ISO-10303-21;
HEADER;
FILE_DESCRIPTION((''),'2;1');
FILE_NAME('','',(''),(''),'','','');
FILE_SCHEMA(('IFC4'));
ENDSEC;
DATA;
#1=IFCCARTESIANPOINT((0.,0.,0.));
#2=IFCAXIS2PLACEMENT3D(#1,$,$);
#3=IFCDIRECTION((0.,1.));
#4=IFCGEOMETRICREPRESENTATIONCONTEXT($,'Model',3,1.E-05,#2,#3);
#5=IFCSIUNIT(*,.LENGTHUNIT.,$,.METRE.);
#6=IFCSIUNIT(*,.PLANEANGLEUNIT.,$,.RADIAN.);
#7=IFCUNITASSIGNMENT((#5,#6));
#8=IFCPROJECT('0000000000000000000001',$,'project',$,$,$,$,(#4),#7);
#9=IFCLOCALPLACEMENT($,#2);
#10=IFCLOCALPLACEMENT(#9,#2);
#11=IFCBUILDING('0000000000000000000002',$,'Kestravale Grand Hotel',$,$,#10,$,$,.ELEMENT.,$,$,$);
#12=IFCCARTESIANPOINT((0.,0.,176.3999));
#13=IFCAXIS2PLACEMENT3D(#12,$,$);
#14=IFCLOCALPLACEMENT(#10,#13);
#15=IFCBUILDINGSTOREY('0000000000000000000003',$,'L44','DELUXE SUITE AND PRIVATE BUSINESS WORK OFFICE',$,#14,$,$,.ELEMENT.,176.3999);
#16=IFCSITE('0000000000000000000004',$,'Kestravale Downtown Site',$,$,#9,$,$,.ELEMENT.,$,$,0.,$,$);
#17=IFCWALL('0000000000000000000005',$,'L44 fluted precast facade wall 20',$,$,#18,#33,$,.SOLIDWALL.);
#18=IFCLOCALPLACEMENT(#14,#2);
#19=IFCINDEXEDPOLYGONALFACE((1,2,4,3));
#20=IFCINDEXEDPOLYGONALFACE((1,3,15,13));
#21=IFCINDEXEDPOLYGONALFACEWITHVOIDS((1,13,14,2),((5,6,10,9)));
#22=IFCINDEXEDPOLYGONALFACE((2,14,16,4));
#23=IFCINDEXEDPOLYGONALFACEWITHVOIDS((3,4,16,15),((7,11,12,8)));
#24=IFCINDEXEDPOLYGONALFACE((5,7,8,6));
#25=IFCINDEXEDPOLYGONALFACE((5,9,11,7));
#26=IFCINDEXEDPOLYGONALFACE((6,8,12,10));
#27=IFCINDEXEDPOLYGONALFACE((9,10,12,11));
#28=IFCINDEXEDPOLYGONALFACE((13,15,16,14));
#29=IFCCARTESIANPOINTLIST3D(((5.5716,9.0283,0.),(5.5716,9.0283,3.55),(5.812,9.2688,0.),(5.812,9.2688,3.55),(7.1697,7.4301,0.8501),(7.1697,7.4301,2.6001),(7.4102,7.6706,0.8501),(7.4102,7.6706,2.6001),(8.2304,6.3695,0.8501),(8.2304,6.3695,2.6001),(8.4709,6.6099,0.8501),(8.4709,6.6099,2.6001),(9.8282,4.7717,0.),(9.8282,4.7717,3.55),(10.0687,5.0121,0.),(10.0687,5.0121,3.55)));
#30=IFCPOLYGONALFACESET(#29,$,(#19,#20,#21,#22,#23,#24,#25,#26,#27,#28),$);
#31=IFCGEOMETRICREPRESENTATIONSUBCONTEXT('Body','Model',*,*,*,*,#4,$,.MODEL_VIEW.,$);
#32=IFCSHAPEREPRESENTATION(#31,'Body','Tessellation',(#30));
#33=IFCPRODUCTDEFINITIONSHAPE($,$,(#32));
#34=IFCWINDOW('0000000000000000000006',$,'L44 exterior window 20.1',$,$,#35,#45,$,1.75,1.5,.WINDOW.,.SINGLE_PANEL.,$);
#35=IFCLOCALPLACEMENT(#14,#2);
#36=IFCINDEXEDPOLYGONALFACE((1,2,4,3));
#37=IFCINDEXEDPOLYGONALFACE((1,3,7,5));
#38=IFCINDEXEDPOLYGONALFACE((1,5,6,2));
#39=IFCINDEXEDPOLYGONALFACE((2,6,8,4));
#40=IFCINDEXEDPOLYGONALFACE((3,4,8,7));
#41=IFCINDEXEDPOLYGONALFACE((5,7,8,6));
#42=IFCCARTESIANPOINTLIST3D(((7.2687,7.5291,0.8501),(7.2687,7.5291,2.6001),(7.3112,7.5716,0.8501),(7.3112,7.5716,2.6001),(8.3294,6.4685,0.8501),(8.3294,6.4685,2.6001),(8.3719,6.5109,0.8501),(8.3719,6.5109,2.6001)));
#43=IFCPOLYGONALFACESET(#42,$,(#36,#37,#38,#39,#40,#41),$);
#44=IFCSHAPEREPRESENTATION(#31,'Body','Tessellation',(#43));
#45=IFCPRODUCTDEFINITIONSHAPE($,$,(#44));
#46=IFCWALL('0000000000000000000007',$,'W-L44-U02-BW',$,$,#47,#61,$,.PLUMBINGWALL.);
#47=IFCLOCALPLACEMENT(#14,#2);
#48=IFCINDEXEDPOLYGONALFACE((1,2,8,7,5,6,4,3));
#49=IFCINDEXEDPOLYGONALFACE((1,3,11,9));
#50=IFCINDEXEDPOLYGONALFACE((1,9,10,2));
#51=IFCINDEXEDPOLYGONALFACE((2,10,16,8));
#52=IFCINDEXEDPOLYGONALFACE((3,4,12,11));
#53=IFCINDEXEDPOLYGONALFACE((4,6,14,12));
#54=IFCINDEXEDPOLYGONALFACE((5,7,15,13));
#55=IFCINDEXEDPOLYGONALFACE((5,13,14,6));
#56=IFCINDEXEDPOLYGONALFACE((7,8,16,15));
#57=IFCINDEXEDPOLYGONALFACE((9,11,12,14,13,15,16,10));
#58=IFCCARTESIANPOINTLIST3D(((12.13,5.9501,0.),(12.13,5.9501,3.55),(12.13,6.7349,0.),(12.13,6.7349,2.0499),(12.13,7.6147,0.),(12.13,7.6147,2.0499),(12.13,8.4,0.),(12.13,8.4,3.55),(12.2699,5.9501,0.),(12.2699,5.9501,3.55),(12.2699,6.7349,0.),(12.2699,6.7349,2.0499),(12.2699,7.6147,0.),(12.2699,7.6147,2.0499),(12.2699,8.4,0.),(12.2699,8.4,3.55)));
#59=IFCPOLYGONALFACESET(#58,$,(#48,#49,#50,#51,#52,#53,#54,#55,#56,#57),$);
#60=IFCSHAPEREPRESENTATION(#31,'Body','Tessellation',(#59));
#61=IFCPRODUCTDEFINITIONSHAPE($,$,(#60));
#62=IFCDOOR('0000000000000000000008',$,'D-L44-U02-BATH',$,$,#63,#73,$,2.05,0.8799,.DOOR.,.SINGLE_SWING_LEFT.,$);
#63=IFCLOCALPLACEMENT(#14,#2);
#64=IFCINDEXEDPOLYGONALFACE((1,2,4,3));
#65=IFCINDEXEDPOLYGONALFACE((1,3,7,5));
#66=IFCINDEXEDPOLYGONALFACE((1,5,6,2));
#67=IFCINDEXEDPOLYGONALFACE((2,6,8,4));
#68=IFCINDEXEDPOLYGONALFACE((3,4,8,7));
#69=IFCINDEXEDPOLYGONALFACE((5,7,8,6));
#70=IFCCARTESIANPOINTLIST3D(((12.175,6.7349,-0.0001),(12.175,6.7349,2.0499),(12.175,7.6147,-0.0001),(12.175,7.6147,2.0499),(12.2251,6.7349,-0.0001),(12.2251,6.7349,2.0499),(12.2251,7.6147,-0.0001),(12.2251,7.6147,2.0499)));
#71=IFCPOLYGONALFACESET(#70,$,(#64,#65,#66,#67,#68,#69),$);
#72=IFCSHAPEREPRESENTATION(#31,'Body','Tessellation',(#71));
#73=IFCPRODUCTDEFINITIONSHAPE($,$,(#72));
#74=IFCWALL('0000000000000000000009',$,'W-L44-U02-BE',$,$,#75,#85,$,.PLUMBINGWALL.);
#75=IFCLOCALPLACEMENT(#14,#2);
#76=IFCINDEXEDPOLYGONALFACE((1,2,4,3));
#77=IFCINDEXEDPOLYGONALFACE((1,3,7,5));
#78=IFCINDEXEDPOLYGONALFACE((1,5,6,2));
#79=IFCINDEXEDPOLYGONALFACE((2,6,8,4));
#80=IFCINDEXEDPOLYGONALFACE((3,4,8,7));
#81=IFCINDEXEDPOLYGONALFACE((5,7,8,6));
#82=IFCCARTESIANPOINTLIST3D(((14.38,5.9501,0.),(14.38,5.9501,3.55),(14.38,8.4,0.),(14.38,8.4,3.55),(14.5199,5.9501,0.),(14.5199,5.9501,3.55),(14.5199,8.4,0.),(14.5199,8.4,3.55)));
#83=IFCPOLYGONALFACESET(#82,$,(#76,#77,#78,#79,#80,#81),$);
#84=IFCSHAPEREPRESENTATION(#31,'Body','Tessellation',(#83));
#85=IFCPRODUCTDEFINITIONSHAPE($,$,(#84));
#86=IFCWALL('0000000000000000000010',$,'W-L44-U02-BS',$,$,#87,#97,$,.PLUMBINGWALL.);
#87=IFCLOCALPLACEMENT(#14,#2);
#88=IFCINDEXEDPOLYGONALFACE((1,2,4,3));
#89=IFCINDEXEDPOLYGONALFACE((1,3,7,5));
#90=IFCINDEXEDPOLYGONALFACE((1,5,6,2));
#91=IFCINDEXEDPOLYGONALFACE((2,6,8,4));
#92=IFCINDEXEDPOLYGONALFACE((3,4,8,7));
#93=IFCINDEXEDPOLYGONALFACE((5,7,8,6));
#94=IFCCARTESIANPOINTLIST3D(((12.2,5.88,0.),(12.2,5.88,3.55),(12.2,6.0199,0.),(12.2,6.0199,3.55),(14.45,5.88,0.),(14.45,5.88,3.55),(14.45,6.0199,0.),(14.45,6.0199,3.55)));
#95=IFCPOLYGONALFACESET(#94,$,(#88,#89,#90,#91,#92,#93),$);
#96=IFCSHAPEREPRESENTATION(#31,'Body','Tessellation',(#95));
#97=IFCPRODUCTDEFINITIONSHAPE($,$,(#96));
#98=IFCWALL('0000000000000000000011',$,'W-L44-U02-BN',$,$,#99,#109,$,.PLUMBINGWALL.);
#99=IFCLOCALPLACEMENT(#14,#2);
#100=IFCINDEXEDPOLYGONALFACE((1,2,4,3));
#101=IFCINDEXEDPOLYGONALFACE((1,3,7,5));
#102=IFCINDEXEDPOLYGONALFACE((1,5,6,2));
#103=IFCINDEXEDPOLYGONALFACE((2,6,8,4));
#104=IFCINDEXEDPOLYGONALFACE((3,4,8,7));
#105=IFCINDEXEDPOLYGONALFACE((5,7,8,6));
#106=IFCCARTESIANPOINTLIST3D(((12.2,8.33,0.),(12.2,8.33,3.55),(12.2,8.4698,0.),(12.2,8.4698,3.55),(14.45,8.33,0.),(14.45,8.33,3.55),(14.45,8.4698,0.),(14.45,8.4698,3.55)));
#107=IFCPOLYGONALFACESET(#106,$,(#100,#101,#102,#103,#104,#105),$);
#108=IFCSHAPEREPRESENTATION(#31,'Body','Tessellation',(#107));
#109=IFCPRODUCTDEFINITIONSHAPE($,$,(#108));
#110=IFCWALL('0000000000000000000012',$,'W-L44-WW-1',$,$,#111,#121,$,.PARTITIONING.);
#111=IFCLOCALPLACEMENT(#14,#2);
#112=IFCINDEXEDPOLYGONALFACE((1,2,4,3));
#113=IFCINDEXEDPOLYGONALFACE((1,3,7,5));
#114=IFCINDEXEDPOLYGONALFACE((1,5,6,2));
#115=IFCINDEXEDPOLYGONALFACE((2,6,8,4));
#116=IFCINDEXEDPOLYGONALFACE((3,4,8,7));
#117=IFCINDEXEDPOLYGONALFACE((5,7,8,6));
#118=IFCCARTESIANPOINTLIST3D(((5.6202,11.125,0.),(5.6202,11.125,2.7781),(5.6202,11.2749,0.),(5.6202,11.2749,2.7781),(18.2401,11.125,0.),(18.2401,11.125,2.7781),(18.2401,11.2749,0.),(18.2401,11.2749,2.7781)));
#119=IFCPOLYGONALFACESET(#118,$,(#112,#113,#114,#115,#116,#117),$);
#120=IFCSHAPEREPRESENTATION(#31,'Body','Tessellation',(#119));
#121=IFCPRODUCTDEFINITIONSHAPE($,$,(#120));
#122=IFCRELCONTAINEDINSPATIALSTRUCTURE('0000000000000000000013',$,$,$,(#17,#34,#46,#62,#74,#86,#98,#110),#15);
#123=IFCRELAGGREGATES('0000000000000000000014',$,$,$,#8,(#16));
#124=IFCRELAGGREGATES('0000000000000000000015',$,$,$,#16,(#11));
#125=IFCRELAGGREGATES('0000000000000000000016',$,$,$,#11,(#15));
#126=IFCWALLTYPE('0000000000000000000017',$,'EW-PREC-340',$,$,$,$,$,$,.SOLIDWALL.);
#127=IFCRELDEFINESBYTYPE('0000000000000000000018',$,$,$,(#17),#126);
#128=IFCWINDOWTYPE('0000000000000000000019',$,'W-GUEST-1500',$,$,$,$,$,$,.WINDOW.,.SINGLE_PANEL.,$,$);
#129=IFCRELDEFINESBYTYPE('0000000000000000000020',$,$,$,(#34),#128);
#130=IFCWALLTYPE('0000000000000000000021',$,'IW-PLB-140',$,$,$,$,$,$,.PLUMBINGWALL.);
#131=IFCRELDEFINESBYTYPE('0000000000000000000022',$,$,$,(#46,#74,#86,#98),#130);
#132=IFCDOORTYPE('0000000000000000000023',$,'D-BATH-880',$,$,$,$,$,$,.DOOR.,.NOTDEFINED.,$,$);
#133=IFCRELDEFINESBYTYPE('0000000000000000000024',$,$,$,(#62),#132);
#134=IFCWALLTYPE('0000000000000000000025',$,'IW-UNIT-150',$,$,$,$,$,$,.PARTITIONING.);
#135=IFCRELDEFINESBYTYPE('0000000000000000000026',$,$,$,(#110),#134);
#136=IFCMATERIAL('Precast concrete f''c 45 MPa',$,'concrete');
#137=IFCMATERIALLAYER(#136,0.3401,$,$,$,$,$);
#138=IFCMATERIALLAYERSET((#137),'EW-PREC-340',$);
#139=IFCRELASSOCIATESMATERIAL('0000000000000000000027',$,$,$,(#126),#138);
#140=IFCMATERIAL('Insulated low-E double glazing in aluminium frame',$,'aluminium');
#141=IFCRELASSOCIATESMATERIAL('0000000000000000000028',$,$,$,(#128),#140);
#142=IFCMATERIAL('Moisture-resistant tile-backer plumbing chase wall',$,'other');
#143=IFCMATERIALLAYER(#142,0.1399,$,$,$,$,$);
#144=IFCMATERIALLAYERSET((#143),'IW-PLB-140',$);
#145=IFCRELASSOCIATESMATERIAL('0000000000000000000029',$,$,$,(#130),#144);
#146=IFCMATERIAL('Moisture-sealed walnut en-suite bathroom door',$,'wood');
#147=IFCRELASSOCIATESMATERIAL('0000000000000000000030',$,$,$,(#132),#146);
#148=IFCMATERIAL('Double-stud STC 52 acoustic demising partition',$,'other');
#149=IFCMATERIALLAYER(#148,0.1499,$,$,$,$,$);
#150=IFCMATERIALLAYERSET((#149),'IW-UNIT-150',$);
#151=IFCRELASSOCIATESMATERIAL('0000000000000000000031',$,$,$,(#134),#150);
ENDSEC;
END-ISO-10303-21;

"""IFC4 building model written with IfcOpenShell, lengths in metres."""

from ifc_helpers import new_model, si_unit, direction, frame, frame_2d, origin, place, context, subcontext, project, spatial, rectangle, extrude, material, layer, layer_set, type_object, element, fill, save


model = new_model("IFC4")

# Units and contexts
model_context = context("Model", 3, precision=1e-05, world=origin(), true_north=direction((0.0, 1.0)))
body_context = subcontext(model_context, "Body", "Model", "MODEL_VIEW")
ifc_project = project(units=[si_unit("LENGTHUNIT", "METRE"), si_unit("PLANEANGLEUNIT", "RADIAN")], contexts=[model_context])

# Site, building, storey
site_placement = place(None, origin())
site = spatial("IfcSite", under=ifc_project, at=site_placement, Name="Kestravale Downtown Site", CompositionType="ELEMENT", RefElevation=0.0)
building_placement = place(site_placement, origin())
building = spatial("IfcBuilding", under=site, at=building_placement, Name="Kestravale Grand Hotel", CompositionType="ELEMENT")
storey_placement = place(building_placement, frame((0.0, 0.0, 176.3999)))
storey = spatial("IfcBuildingStorey", under=building, at=storey_placement, Name="L44", Description="DELUXE SUITE AND PRIVATE BUSINESS WORK OFFICE", CompositionType="ELEMENT", Elevation=176.3999)

# Shared definitions
ifc_material_1 = material(Name="Precast concrete f'c 45 MPa", Category="concrete")
ifc_layer_1 = layer(ifc_material_1, 0.3401)
ifc_layer_set_1 = layer_set([ifc_layer_1], Name="EW-PREC-340")
wall_type_1 = type_object("IfcWallType", Name="EW-PREC-340", PredefinedType="SOLIDWALL", material=ifc_layer_set_1)
ifc_material_2 = material(Name="Insulated low-E double glazing in aluminium frame", Category="aluminium")
window_type = type_object("IfcWindowType", Name="W-GUEST-1500", PartitioningType="SINGLE_PANEL", PredefinedType="WINDOW", material=ifc_material_2)

# Wall, opening, window
wall_1_placement = place(storey_placement, frame((5.6919, 9.1484, 0.0), z_axis=(0.0, 0.0, 1.0), x_axis=(0.707107, -0.707107, 0.0)))
wall_1 = element("IfcWall", 1, at=wall_1_placement, inside=storey, type_object=wall_type_1, Name="L44 fluted precast facade wall 20", PredefinedType="SOLIDWALL", context=body_context, shape_type="SweptSolid", body=[
    extrude(rectangle(XDim=6.0198, YDim=0.3401, at=frame_2d((3.0098, 0.0))), origin(), (0.0, 0.0, 1.0), 3.55),
])
opening_1_placement = place(wall_1_placement, frame((2.26, 0.0, 0.8501)))
opening_1 = element("IfcOpeningElement", 2, at=opening_1_placement, cuts=wall_1, PredefinedType="OPENING", context=body_context, shape_type="SweptSolid", body=[
    extrude(rectangle(XDim=1.5, YDim=1.75, at=frame_2d((0.75, 0.875))), frame((0.0, 0.1799, 0.0), z_axis=(0.0, -1.0, 0.0), x_axis=(1.0, 0.0, 0.0)), (0.0, 0.0, 1.0), 0.3601),
])
window_1_placement = place(opening_1_placement, origin())
window_1 = element("IfcWindow", 3, at=window_1_placement, inside=storey, type_object=window_type, Name="L44 exterior window 20.1", OverallHeight=1.75, OverallWidth=1.5, PartitioningType="SINGLE_PANEL", PredefinedType="WINDOW", context=body_context, shape_type="SweptSolid", body=[
    extrude(rectangle(XDim=1.5, YDim=1.75, at=frame_2d((0.75, 0.875))), frame((0.0, 0.03, 0.0), z_axis=(0.0, -1.0, 0.0), x_axis=(1.0, 0.0, 0.0)), (0.0, 0.0, 1.0), 0.0601),
])
fill(opening_1, window_1)

# Wall, opening, door
ifc_material_3 = material(Name="Moisture-resistant tile-backer plumbing chase wall", Category="other")
ifc_layer_2 = layer(ifc_material_3, 0.1399)
ifc_layer_set_2 = layer_set([ifc_layer_2], Name="IW-PLB-140")
wall_type_2 = type_object("IfcWallType", Name="IW-PLB-140", PredefinedType="PLUMBINGWALL", material=ifc_layer_set_2)
wall_2_placement = place(storey_placement, frame((12.2, 5.95, 0.0), z_axis=(0.0, 0.0, 1.0), x_axis=(0.0, 1.0, 0.0)))
wall_2 = element("IfcWall", 4, at=wall_2_placement, inside=storey, type_object=wall_type_2, Name="W-L44-U02-BW", PredefinedType="PLUMBINGWALL", context=body_context, shape_type="SweptSolid", body=[
    extrude(rectangle(XDim=2.45, YDim=0.1399, at=frame_2d((1.2251, 0.0))), origin(), (0.0, 0.0, 1.0), 3.55),
])
opening_2_placement = place(wall_2_placement, frame((0.7849, 0.0, 0.0)))
opening_2 = element("IfcOpeningElement", 5, at=opening_2_placement, cuts=wall_2, PredefinedType="OPENING", context=body_context, shape_type="SweptSolid", body=[
    extrude(rectangle(XDim=0.8799, YDim=2.05, at=frame_2d((0.4399, 1.0249))), frame((0.0, 0.0798, 0.0), z_axis=(0.0, -1.0, 0.0), x_axis=(1.0, 0.0, 0.0)), (0.0, 0.0, 1.0), 0.1599),
])
ifc_material_4 = material(Name="Moisture-sealed walnut en-suite bathroom door", Category="wood")
door_type = type_object("IfcDoorType", Name="D-BATH-880", OperationType="NOTDEFINED", PredefinedType="DOOR", material=ifc_material_4)
door_placement = place(opening_2_placement, origin())
door = element("IfcDoor", 6, at=door_placement, inside=storey, type_object=door_type, Name="D-L44-U02-BATH", OperationType="SINGLE_SWING_LEFT", OverallHeight=2.05, OverallWidth=0.8799, PredefinedType="DOOR", context=body_context, shape_type="SweptSolid", body=[
    extrude(rectangle(XDim=0.8799, YDim=2.05, at=frame_2d((0.4399, 1.0249))), frame((0.0, 0.0249, 0.0), z_axis=(0.0, -1.0, 0.0), x_axis=(1.0, 0.0, 0.0)), (0.0, 0.0, 1.0), 0.05),
])
fill(opening_2, door)

# Walls
wall_3_placement = place(storey_placement, frame((14.45, 5.95, 0.0), z_axis=(0.0, 0.0, 1.0), x_axis=(0.0, 1.0, 0.0)))
element("IfcWall", 7, at=wall_3_placement, inside=storey, type_object=wall_type_2, Name="W-L44-U02-BE", PredefinedType="PLUMBINGWALL", context=body_context, shape_type="SweptSolid", body=[
    extrude(rectangle(XDim=2.45, YDim=0.1399, at=frame_2d((1.2251, 0.0))), origin(), (0.0, 0.0, 1.0), 3.55),
])
for number, where, z_axis, x_axis, name in (
    (8, (12.2, 5.95, 0.0), (0.0, 0.0, 1.0), (1.0, 0.0, 0.0), "W-L44-U02-BS"),
    (9, (12.2, 8.3999, 0.0), (0.0, 0.0, 1.0), (1.0, 0.0, 0.0), "W-L44-U02-BN"),
):
    element("IfcWall", number, at=place(storey_placement, frame(where, z_axis=z_axis, x_axis=x_axis)), inside=storey, type_object=wall_type_2, Name=name, PredefinedType="PLUMBINGWALL", context=body_context, shape_type="SweptSolid", body=[
        extrude(rectangle(XDim=2.25, YDim=0.1399, at=frame_2d((1.125, 0.0))), origin(), (0.0, 0.0, 1.0), 3.55),
    ])
ifc_material_5 = material(Name="Double-stud STC 52 acoustic demising partition", Category="other")
ifc_layer_3 = layer(ifc_material_5, 0.1499)
ifc_layer_set_3 = layer_set([ifc_layer_3], Name="IW-UNIT-150")
wall_type_3 = type_object("IfcWallType", Name="IW-UNIT-150", PredefinedType="PARTITIONING", material=ifc_layer_set_3)
wall_4_placement = place(storey_placement, frame((5.6201, 11.2, 0.0), z_axis=(0.0, 0.0, 1.0), x_axis=(1.0, 0.0, 0.0)))
element("IfcWall", 10, at=wall_4_placement, inside=storey, type_object=wall_type_3, Name="W-L44-WW-1", PredefinedType="PARTITIONING", context=body_context, shape_type="SweptSolid", body=[
    extrude(rectangle(XDim=12.6199, YDim=0.1499, at=frame_2d((6.3101, 0.0))), origin(), (0.0, 0.0, 1.0), 2.7781),
])

save(model, "model.ifc")
